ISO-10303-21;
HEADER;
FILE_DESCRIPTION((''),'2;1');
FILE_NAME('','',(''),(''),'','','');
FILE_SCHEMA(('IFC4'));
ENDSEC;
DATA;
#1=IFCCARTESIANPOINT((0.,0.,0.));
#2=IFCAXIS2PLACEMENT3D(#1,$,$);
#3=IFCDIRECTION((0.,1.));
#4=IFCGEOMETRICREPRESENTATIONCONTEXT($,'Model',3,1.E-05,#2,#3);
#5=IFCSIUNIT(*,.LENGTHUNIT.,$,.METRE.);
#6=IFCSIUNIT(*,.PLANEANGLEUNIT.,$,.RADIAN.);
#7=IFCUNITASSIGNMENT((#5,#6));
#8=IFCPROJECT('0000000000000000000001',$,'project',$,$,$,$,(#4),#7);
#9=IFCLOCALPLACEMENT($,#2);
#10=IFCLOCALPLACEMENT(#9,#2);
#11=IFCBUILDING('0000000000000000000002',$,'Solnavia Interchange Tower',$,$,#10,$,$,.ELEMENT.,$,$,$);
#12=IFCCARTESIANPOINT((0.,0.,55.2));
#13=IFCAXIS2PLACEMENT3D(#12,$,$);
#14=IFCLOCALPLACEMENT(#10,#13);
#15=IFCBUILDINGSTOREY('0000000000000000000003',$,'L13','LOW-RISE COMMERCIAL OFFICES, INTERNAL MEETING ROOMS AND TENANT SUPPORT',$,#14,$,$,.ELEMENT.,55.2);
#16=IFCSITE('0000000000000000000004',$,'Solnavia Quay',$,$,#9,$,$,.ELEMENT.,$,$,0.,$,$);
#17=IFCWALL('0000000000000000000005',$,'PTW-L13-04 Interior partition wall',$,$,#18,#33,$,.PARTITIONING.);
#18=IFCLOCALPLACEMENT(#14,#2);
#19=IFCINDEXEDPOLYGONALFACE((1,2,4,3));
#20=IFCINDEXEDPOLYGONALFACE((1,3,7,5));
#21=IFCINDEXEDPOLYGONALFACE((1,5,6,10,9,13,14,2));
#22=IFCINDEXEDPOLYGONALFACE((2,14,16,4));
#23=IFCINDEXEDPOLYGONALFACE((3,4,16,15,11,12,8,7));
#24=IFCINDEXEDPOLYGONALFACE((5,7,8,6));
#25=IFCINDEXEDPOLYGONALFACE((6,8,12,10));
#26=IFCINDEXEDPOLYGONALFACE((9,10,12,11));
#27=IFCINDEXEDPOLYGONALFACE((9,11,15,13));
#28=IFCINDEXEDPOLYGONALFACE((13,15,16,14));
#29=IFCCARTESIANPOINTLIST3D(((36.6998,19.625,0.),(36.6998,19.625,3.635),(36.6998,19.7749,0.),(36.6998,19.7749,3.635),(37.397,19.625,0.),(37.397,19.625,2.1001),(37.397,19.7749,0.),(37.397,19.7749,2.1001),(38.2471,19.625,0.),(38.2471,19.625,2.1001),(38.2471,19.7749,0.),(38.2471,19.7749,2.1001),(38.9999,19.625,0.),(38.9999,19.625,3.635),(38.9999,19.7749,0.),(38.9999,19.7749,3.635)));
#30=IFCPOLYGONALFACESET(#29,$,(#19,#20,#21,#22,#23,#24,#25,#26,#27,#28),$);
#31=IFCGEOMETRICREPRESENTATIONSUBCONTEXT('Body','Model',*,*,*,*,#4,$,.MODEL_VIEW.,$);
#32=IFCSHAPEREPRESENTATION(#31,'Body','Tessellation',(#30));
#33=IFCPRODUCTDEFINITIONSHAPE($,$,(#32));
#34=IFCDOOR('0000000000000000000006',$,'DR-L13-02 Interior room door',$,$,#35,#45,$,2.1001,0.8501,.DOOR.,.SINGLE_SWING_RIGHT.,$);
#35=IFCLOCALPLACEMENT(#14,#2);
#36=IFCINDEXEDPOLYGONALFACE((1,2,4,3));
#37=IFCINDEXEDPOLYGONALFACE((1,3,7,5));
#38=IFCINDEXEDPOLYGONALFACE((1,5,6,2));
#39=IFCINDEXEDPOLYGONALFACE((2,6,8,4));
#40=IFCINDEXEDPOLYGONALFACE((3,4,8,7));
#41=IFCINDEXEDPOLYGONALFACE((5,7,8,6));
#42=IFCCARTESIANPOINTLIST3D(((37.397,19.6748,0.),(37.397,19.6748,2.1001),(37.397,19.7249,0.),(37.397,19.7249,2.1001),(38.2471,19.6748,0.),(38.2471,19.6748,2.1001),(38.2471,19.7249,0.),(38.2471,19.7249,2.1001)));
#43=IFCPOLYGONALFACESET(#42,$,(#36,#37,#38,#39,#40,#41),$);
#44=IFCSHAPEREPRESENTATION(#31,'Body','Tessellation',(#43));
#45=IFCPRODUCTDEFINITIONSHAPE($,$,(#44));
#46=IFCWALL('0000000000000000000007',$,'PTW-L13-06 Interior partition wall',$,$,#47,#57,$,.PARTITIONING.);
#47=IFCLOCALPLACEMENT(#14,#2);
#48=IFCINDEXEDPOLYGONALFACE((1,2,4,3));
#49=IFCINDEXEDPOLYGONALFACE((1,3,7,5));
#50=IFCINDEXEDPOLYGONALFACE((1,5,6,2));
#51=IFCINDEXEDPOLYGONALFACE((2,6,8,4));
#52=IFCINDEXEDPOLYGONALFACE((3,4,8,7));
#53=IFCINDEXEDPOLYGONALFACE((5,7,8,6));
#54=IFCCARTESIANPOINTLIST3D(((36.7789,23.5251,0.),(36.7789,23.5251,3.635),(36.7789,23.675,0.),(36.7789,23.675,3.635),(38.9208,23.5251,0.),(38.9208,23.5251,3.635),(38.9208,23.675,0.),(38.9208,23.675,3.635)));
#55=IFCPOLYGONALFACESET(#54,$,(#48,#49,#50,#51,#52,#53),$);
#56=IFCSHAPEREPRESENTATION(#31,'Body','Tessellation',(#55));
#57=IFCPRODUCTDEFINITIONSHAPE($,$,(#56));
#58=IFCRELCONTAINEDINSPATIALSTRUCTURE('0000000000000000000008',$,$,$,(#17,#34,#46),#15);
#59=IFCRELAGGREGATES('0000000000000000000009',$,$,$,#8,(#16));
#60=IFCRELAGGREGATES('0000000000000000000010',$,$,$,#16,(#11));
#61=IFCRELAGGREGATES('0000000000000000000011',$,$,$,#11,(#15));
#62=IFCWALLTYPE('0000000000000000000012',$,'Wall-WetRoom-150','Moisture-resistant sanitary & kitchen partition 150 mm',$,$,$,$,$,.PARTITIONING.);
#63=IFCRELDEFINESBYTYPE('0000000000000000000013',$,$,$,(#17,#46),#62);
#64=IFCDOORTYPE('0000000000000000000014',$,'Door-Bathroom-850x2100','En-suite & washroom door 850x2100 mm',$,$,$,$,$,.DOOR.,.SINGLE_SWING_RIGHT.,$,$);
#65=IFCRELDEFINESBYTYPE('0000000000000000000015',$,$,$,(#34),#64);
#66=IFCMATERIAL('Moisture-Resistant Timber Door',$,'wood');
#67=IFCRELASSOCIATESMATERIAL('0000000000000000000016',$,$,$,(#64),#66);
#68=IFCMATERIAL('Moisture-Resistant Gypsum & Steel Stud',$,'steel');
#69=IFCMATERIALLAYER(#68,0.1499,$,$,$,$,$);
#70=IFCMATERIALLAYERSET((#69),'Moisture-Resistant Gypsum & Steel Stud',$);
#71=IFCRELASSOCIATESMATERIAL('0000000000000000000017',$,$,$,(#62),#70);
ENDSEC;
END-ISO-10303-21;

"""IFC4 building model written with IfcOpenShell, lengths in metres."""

from ifc_helpers import new_model, si_unit, direction, frame, frame_2d, origin, place, context, subcontext, project, spatial, rectangle, extrude, material, layer, layer_set, type_object, element, fill, save


model = new_model("IFC4")

# Units and contexts
model_context = context("Model", 3, precision=1e-05, world=origin(), true_north=direction((0.0, 1.0)))
body_context = subcontext(model_context, "Body", "Model", "MODEL_VIEW")
ifc_project = project(units=[si_unit("LENGTHUNIT", "METRE"), si_unit("PLANEANGLEUNIT", "RADIAN")], contexts=[model_context])

# Site, building, storey
site_placement = place(None, origin())
site = spatial("IfcSite", under=ifc_project, at=site_placement, Name="Solnavia Quay", CompositionType="ELEMENT", RefElevation=0.0)
building_placement = place(site_placement, origin())
building = spatial("IfcBuilding", under=site, at=building_placement, Name="Solnavia Interchange Tower", CompositionType="ELEMENT")
storey_placement = place(building_placement, frame((0.0, 0.0, 55.2)))
storey = spatial("IfcBuildingStorey", under=building, at=storey_placement, Name="L13", Description="LOW-RISE COMMERCIAL OFFICES, INTERNAL MEETING ROOMS AND TENANT SUPPORT", CompositionType="ELEMENT", Elevation=55.2)

# Shared definitions
ifc_material_1 = material(Name="Moisture-Resistant Timber Door", Category="wood")
door_type_1 = type_object("IfcDoorType", Name="Door-Bathroom-850x2100", Description="En-suite & washroom door 850x2100 mm", OperationType="SINGLE_SWING_RIGHT", PredefinedType="DOOR", material=ifc_material_1)

# Shared definitions
ifc_material_2 = material(Name="Moisture-Resistant Gypsum & Steel Stud", Category="steel")
ifc_layer_1 = layer(ifc_material_2, 0.1499)
ifc_layer_set_1 = layer_set([ifc_layer_1], Name="Moisture-Resistant Gypsum & Steel Stud")
wall_type_1 = type_object("IfcWallType", Name="Wall-WetRoom-150", Description="Moisture-resistant sanitary & kitchen partition 150 mm", PredefinedType="PARTITIONING", material=ifc_layer_set_1)

# Wall, opening, door
wall_1_placement = place(storey_placement, frame((36.7, 19.7, 0.0), z_axis=(0.0, 0.0, 1.0), x_axis=(1.0, 0.0, 0.0)))
wall_1 = element("IfcWall", 1, at=wall_1_placement, inside=storey, type_object=wall_type_1, Name="PTW-L13-04 Interior partition wall", PredefinedType="PARTITIONING", context=body_context, shape_type="SweptSolid", body=[
    extrude(rectangle(XDim=2.3, YDim=0.1499, at=frame_2d((1.1499, 0.0))), origin(), (0.0, 0.0, 1.0), 3.635),
])
opening_1_placement = place(wall_1_placement, frame((0.697, 0.0, 0.0)))
opening_1 = element("IfcOpeningElement", 2, at=opening_1_placement, cuts=wall_1, PredefinedType="OPENING", context=body_context, shape_type="SweptSolid", body=[
    extrude(rectangle(XDim=0.8501, YDim=2.1001, at=frame_2d((0.425, 1.05))), frame((0.0, 0.085, 0.0), z_axis=(0.0, -1.0, 0.0), x_axis=(1.0, 0.0, 0.0)), (0.0, 0.0, 1.0), 0.1699),
])
door_1_placement = place(opening_1_placement, origin())
door_1 = element("IfcDoor", 3, at=door_1_placement, inside=storey, type_object=door_type_1, Name="DR-L13-02 Interior room door", OperationType="SINGLE_SWING_RIGHT", OverallHeight=2.1001, OverallWidth=0.8501, PredefinedType="DOOR", context=body_context, shape_type="SweptSolid", body=[
    extrude(rectangle(XDim=0.8501, YDim=2.1001, at=frame_2d((0.425, 1.05))), frame((0.0, 0.0249, 0.0), z_axis=(0.0, -1.0, 0.0), x_axis=(1.0, 0.0, 0.0)), (0.0, 0.0, 1.0), 0.05),
])
fill(opening_1, door_1)

# Wall
wall_2_placement = place(storey_placement, frame((36.7791, 23.6001, 0.0), z_axis=(0.0, 0.0, 1.0), x_axis=(1.0, 0.0, 0.0)))
element("IfcWall", 4, at=wall_2_placement, inside=storey, type_object=wall_type_1, Name="PTW-L13-06 Interior partition wall", PredefinedType="PARTITIONING", context=body_context, shape_type="SweptSolid", body=[
    extrude(rectangle(XDim=2.1418, YDim=0.1499, at=frame_2d((1.0708, 0.0))), origin(), (0.0, 0.0, 1.0), 3.635),
])

save(model, "model.ifc")
